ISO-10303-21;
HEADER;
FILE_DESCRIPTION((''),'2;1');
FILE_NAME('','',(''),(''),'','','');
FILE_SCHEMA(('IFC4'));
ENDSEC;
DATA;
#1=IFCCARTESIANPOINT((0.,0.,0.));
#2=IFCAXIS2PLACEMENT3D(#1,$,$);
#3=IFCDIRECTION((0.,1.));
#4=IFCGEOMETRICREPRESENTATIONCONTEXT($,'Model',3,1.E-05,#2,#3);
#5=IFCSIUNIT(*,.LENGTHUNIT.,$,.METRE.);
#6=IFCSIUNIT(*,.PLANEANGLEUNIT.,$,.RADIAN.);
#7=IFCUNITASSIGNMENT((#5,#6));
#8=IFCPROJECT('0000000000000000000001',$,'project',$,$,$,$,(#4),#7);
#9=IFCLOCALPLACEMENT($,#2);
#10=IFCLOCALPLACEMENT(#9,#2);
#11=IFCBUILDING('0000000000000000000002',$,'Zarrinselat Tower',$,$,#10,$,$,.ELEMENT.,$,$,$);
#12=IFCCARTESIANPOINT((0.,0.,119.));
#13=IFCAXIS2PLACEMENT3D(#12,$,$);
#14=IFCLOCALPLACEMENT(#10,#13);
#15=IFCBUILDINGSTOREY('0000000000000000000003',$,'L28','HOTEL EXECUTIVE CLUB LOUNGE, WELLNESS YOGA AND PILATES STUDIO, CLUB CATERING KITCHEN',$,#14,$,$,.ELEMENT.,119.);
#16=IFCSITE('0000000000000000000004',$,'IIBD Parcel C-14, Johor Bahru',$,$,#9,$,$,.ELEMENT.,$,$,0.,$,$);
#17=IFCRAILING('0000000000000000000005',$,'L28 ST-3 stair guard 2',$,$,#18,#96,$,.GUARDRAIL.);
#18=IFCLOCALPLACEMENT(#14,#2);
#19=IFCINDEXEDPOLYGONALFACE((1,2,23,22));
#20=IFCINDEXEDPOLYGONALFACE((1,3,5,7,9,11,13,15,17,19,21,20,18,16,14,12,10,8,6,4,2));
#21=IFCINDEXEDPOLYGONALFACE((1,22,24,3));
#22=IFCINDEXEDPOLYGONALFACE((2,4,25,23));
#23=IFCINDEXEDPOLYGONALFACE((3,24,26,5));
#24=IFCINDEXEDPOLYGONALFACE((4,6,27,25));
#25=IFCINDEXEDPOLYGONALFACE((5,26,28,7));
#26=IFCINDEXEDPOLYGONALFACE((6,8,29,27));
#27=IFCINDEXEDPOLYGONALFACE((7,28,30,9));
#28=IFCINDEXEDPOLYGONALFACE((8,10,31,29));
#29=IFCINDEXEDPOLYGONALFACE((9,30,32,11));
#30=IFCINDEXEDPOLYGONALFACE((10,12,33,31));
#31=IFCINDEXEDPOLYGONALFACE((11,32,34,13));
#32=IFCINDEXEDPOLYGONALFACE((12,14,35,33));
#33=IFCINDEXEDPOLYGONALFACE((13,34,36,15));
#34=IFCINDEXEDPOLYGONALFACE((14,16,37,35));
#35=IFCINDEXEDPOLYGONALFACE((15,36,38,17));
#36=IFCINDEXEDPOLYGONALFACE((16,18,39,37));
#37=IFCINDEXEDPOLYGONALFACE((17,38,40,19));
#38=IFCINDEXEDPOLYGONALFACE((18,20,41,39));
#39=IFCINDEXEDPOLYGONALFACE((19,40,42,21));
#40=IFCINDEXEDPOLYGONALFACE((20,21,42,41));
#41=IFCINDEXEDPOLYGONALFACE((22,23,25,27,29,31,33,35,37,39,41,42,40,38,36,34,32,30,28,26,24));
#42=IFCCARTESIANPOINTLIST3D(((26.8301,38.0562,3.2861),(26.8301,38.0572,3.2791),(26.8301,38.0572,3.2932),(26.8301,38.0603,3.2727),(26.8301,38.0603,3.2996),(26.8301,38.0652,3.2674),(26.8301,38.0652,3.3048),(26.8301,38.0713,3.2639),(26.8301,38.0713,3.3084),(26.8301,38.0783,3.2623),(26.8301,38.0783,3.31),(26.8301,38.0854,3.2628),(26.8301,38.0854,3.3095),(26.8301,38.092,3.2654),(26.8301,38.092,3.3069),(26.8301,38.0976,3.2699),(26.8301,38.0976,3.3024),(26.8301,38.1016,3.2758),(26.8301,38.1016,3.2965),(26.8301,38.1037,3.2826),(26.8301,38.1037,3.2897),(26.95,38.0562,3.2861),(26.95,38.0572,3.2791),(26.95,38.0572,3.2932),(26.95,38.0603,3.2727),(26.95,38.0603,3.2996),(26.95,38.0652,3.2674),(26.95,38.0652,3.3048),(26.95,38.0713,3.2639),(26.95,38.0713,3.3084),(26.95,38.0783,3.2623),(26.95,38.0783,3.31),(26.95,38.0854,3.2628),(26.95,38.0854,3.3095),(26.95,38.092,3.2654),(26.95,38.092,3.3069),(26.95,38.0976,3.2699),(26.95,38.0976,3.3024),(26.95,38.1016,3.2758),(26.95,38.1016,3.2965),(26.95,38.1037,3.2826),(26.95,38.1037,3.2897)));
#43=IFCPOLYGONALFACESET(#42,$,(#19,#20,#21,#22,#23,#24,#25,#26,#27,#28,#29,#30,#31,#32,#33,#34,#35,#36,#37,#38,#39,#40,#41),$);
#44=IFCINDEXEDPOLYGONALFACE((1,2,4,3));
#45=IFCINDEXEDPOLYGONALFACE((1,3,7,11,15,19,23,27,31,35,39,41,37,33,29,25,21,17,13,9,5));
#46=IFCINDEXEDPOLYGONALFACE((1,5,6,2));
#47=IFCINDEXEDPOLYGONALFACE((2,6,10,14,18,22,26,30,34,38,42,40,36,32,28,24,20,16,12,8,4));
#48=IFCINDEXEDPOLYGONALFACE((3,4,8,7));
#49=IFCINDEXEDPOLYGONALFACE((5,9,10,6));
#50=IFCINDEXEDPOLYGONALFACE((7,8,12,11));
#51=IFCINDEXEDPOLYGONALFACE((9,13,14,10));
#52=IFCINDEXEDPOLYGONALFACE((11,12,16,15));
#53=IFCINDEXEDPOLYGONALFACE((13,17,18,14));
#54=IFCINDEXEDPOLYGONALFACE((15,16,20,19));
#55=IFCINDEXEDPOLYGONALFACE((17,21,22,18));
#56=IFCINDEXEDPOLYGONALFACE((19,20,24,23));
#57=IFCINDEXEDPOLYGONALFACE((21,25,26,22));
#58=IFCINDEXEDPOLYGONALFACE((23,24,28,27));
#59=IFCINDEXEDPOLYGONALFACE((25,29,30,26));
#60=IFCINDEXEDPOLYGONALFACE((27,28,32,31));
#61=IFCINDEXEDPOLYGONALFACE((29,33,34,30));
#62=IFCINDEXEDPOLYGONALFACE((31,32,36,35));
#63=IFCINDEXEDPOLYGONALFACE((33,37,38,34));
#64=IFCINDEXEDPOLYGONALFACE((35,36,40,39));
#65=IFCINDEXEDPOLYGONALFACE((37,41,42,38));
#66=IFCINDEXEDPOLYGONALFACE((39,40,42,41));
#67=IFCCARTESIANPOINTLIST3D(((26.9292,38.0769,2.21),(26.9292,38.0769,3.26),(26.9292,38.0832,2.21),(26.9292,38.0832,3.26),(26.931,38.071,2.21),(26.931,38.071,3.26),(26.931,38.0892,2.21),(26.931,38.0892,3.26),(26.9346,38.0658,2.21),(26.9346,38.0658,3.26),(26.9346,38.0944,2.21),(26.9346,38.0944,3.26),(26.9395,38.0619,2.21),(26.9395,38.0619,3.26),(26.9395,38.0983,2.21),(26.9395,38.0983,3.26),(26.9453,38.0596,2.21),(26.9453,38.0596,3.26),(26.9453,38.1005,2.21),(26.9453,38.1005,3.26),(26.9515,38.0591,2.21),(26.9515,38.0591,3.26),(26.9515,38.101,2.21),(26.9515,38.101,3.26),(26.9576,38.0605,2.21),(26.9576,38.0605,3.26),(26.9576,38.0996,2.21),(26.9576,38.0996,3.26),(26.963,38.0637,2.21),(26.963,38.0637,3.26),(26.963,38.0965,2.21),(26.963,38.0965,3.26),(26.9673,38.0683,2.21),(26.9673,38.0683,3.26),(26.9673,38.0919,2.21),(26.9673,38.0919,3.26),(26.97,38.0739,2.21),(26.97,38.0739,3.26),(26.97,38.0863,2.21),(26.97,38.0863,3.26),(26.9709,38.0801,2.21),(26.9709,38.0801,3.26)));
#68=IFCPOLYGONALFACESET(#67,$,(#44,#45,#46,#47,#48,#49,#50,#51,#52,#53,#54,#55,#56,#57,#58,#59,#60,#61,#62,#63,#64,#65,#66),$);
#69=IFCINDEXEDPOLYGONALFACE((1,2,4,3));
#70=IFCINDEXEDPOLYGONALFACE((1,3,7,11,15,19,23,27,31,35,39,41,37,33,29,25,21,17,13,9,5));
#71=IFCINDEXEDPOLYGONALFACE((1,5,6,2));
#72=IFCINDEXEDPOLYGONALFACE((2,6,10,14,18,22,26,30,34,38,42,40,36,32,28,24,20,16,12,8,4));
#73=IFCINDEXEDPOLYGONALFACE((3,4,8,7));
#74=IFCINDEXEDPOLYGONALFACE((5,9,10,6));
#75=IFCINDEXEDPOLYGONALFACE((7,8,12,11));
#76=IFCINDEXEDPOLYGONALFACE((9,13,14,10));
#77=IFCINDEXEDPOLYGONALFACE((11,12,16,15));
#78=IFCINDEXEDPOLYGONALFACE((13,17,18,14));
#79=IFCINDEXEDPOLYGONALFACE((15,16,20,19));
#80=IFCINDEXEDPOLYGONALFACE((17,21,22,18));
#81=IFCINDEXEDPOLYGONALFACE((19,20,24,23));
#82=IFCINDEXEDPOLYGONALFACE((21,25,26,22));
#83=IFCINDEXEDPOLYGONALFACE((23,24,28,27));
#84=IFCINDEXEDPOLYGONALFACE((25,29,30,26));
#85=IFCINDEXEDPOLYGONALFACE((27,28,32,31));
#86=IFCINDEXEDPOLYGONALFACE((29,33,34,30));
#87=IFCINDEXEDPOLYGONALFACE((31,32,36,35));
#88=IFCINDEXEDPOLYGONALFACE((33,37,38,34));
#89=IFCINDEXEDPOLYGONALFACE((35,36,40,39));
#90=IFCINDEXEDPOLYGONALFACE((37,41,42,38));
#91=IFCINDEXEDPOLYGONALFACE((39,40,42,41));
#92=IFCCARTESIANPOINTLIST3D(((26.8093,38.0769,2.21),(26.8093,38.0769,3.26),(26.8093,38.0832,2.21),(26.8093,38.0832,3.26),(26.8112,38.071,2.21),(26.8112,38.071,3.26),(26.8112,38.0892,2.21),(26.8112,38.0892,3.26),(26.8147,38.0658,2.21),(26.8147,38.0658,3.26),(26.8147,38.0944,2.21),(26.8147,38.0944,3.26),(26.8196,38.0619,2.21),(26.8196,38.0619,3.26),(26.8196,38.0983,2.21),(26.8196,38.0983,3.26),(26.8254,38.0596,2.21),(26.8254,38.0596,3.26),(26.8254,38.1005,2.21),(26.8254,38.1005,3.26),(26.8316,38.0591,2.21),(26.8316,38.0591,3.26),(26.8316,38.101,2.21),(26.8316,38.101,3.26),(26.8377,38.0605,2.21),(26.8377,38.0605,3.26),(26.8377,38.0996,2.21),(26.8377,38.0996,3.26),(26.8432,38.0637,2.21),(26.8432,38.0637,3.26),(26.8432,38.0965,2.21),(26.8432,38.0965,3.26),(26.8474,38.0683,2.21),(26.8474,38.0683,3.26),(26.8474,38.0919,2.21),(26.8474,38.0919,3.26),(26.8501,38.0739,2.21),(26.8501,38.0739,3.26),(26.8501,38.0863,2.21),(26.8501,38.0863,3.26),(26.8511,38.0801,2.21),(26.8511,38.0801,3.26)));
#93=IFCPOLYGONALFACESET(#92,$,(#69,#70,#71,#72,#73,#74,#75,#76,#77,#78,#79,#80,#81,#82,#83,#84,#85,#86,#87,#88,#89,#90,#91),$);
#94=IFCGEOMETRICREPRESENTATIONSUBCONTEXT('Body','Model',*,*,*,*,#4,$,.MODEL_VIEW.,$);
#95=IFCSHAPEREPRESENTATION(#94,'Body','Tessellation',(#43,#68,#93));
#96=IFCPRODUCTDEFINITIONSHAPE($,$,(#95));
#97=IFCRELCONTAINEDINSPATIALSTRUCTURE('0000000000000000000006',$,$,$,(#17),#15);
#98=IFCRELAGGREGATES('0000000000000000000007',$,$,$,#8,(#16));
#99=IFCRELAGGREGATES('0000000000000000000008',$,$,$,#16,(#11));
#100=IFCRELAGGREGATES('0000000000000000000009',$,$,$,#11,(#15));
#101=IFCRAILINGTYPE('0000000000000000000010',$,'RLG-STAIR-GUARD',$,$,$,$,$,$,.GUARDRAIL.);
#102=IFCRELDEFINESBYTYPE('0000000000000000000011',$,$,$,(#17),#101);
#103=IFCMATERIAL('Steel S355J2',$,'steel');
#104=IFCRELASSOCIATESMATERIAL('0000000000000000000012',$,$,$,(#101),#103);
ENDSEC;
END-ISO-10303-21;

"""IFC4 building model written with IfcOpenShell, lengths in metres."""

from ifc_helpers import new_model, si_unit, direction, frame, origin, origin_2d, place, context, subcontext, project, spatial, circle, extrude, material, type_object, element, save


model = new_model("IFC4")

# Units and contexts
model_context = context("Model", 3, precision=1e-05, world=origin(), true_north=direction((0.0, 1.0)))
body_context = subcontext(model_context, "Body", "Model", "MODEL_VIEW")
ifc_project = project(units=[si_unit("LENGTHUNIT", "METRE"), si_unit("PLANEANGLEUNIT", "RADIAN")], contexts=[model_context])

# Site, building, storey
site_placement = place(None, origin())
site = spatial("IfcSite", under=ifc_project, at=site_placement, Name="IIBD Parcel C-14, Johor Bahru", CompositionType="ELEMENT", RefElevation=0.0)
building_placement = place(site_placement, origin())
building = spatial("IfcBuilding", under=site, at=building_placement, Name="Zarrinselat Tower", CompositionType="ELEMENT")
storey_placement = place(building_placement, frame((0.0, 0.0, 119.0)))
storey = spatial("IfcBuildingStorey", under=building, at=storey_placement, Name="L28", Description="HOTEL EXECUTIVE CLUB LOUNGE, WELLNESS YOGA AND PILATES STUDIO, CLUB CATERING KITCHEN", CompositionType="ELEMENT", Elevation=119.0)

# Railing
ifc_material_1 = material(Name="Steel S355J2", Category="steel")
railing_type_1 = type_object("IfcRailingType", Name="RLG-STAIR-GUARD", PredefinedType="GUARDRAIL", material=ifc_material_1)
railing_1_placement = place(storey_placement, frame((26.95, 38.0801, 2.21)))
element("IfcRailing", 1, at=railing_1_placement, inside=storey, type_object=railing_type_1, Name="L28 ST-3 stair guard 2", PredefinedType="GUARDRAIL", context=body_context, shape_type="SweptSolid", body=[
    extrude(circle(Radius=0.0239, at=origin_2d()), frame((0.0, 0.0, 1.0762), z_axis=(-1.0, 0.0, 0.0), x_axis=(0.0, -1.0, 0.0)), (0.0, 0.0, 1.0), 0.1199),
    extrude(circle(Radius=0.021, at=origin_2d()), origin(), (0.0, 0.0, 1.0), 1.05),
    extrude(circle(Radius=0.021, at=origin_2d()), frame((-0.1199, 0.0, 0.0)), (0.0, 0.0, 1.0), 1.05),
])

save(model, "model.ifc")
